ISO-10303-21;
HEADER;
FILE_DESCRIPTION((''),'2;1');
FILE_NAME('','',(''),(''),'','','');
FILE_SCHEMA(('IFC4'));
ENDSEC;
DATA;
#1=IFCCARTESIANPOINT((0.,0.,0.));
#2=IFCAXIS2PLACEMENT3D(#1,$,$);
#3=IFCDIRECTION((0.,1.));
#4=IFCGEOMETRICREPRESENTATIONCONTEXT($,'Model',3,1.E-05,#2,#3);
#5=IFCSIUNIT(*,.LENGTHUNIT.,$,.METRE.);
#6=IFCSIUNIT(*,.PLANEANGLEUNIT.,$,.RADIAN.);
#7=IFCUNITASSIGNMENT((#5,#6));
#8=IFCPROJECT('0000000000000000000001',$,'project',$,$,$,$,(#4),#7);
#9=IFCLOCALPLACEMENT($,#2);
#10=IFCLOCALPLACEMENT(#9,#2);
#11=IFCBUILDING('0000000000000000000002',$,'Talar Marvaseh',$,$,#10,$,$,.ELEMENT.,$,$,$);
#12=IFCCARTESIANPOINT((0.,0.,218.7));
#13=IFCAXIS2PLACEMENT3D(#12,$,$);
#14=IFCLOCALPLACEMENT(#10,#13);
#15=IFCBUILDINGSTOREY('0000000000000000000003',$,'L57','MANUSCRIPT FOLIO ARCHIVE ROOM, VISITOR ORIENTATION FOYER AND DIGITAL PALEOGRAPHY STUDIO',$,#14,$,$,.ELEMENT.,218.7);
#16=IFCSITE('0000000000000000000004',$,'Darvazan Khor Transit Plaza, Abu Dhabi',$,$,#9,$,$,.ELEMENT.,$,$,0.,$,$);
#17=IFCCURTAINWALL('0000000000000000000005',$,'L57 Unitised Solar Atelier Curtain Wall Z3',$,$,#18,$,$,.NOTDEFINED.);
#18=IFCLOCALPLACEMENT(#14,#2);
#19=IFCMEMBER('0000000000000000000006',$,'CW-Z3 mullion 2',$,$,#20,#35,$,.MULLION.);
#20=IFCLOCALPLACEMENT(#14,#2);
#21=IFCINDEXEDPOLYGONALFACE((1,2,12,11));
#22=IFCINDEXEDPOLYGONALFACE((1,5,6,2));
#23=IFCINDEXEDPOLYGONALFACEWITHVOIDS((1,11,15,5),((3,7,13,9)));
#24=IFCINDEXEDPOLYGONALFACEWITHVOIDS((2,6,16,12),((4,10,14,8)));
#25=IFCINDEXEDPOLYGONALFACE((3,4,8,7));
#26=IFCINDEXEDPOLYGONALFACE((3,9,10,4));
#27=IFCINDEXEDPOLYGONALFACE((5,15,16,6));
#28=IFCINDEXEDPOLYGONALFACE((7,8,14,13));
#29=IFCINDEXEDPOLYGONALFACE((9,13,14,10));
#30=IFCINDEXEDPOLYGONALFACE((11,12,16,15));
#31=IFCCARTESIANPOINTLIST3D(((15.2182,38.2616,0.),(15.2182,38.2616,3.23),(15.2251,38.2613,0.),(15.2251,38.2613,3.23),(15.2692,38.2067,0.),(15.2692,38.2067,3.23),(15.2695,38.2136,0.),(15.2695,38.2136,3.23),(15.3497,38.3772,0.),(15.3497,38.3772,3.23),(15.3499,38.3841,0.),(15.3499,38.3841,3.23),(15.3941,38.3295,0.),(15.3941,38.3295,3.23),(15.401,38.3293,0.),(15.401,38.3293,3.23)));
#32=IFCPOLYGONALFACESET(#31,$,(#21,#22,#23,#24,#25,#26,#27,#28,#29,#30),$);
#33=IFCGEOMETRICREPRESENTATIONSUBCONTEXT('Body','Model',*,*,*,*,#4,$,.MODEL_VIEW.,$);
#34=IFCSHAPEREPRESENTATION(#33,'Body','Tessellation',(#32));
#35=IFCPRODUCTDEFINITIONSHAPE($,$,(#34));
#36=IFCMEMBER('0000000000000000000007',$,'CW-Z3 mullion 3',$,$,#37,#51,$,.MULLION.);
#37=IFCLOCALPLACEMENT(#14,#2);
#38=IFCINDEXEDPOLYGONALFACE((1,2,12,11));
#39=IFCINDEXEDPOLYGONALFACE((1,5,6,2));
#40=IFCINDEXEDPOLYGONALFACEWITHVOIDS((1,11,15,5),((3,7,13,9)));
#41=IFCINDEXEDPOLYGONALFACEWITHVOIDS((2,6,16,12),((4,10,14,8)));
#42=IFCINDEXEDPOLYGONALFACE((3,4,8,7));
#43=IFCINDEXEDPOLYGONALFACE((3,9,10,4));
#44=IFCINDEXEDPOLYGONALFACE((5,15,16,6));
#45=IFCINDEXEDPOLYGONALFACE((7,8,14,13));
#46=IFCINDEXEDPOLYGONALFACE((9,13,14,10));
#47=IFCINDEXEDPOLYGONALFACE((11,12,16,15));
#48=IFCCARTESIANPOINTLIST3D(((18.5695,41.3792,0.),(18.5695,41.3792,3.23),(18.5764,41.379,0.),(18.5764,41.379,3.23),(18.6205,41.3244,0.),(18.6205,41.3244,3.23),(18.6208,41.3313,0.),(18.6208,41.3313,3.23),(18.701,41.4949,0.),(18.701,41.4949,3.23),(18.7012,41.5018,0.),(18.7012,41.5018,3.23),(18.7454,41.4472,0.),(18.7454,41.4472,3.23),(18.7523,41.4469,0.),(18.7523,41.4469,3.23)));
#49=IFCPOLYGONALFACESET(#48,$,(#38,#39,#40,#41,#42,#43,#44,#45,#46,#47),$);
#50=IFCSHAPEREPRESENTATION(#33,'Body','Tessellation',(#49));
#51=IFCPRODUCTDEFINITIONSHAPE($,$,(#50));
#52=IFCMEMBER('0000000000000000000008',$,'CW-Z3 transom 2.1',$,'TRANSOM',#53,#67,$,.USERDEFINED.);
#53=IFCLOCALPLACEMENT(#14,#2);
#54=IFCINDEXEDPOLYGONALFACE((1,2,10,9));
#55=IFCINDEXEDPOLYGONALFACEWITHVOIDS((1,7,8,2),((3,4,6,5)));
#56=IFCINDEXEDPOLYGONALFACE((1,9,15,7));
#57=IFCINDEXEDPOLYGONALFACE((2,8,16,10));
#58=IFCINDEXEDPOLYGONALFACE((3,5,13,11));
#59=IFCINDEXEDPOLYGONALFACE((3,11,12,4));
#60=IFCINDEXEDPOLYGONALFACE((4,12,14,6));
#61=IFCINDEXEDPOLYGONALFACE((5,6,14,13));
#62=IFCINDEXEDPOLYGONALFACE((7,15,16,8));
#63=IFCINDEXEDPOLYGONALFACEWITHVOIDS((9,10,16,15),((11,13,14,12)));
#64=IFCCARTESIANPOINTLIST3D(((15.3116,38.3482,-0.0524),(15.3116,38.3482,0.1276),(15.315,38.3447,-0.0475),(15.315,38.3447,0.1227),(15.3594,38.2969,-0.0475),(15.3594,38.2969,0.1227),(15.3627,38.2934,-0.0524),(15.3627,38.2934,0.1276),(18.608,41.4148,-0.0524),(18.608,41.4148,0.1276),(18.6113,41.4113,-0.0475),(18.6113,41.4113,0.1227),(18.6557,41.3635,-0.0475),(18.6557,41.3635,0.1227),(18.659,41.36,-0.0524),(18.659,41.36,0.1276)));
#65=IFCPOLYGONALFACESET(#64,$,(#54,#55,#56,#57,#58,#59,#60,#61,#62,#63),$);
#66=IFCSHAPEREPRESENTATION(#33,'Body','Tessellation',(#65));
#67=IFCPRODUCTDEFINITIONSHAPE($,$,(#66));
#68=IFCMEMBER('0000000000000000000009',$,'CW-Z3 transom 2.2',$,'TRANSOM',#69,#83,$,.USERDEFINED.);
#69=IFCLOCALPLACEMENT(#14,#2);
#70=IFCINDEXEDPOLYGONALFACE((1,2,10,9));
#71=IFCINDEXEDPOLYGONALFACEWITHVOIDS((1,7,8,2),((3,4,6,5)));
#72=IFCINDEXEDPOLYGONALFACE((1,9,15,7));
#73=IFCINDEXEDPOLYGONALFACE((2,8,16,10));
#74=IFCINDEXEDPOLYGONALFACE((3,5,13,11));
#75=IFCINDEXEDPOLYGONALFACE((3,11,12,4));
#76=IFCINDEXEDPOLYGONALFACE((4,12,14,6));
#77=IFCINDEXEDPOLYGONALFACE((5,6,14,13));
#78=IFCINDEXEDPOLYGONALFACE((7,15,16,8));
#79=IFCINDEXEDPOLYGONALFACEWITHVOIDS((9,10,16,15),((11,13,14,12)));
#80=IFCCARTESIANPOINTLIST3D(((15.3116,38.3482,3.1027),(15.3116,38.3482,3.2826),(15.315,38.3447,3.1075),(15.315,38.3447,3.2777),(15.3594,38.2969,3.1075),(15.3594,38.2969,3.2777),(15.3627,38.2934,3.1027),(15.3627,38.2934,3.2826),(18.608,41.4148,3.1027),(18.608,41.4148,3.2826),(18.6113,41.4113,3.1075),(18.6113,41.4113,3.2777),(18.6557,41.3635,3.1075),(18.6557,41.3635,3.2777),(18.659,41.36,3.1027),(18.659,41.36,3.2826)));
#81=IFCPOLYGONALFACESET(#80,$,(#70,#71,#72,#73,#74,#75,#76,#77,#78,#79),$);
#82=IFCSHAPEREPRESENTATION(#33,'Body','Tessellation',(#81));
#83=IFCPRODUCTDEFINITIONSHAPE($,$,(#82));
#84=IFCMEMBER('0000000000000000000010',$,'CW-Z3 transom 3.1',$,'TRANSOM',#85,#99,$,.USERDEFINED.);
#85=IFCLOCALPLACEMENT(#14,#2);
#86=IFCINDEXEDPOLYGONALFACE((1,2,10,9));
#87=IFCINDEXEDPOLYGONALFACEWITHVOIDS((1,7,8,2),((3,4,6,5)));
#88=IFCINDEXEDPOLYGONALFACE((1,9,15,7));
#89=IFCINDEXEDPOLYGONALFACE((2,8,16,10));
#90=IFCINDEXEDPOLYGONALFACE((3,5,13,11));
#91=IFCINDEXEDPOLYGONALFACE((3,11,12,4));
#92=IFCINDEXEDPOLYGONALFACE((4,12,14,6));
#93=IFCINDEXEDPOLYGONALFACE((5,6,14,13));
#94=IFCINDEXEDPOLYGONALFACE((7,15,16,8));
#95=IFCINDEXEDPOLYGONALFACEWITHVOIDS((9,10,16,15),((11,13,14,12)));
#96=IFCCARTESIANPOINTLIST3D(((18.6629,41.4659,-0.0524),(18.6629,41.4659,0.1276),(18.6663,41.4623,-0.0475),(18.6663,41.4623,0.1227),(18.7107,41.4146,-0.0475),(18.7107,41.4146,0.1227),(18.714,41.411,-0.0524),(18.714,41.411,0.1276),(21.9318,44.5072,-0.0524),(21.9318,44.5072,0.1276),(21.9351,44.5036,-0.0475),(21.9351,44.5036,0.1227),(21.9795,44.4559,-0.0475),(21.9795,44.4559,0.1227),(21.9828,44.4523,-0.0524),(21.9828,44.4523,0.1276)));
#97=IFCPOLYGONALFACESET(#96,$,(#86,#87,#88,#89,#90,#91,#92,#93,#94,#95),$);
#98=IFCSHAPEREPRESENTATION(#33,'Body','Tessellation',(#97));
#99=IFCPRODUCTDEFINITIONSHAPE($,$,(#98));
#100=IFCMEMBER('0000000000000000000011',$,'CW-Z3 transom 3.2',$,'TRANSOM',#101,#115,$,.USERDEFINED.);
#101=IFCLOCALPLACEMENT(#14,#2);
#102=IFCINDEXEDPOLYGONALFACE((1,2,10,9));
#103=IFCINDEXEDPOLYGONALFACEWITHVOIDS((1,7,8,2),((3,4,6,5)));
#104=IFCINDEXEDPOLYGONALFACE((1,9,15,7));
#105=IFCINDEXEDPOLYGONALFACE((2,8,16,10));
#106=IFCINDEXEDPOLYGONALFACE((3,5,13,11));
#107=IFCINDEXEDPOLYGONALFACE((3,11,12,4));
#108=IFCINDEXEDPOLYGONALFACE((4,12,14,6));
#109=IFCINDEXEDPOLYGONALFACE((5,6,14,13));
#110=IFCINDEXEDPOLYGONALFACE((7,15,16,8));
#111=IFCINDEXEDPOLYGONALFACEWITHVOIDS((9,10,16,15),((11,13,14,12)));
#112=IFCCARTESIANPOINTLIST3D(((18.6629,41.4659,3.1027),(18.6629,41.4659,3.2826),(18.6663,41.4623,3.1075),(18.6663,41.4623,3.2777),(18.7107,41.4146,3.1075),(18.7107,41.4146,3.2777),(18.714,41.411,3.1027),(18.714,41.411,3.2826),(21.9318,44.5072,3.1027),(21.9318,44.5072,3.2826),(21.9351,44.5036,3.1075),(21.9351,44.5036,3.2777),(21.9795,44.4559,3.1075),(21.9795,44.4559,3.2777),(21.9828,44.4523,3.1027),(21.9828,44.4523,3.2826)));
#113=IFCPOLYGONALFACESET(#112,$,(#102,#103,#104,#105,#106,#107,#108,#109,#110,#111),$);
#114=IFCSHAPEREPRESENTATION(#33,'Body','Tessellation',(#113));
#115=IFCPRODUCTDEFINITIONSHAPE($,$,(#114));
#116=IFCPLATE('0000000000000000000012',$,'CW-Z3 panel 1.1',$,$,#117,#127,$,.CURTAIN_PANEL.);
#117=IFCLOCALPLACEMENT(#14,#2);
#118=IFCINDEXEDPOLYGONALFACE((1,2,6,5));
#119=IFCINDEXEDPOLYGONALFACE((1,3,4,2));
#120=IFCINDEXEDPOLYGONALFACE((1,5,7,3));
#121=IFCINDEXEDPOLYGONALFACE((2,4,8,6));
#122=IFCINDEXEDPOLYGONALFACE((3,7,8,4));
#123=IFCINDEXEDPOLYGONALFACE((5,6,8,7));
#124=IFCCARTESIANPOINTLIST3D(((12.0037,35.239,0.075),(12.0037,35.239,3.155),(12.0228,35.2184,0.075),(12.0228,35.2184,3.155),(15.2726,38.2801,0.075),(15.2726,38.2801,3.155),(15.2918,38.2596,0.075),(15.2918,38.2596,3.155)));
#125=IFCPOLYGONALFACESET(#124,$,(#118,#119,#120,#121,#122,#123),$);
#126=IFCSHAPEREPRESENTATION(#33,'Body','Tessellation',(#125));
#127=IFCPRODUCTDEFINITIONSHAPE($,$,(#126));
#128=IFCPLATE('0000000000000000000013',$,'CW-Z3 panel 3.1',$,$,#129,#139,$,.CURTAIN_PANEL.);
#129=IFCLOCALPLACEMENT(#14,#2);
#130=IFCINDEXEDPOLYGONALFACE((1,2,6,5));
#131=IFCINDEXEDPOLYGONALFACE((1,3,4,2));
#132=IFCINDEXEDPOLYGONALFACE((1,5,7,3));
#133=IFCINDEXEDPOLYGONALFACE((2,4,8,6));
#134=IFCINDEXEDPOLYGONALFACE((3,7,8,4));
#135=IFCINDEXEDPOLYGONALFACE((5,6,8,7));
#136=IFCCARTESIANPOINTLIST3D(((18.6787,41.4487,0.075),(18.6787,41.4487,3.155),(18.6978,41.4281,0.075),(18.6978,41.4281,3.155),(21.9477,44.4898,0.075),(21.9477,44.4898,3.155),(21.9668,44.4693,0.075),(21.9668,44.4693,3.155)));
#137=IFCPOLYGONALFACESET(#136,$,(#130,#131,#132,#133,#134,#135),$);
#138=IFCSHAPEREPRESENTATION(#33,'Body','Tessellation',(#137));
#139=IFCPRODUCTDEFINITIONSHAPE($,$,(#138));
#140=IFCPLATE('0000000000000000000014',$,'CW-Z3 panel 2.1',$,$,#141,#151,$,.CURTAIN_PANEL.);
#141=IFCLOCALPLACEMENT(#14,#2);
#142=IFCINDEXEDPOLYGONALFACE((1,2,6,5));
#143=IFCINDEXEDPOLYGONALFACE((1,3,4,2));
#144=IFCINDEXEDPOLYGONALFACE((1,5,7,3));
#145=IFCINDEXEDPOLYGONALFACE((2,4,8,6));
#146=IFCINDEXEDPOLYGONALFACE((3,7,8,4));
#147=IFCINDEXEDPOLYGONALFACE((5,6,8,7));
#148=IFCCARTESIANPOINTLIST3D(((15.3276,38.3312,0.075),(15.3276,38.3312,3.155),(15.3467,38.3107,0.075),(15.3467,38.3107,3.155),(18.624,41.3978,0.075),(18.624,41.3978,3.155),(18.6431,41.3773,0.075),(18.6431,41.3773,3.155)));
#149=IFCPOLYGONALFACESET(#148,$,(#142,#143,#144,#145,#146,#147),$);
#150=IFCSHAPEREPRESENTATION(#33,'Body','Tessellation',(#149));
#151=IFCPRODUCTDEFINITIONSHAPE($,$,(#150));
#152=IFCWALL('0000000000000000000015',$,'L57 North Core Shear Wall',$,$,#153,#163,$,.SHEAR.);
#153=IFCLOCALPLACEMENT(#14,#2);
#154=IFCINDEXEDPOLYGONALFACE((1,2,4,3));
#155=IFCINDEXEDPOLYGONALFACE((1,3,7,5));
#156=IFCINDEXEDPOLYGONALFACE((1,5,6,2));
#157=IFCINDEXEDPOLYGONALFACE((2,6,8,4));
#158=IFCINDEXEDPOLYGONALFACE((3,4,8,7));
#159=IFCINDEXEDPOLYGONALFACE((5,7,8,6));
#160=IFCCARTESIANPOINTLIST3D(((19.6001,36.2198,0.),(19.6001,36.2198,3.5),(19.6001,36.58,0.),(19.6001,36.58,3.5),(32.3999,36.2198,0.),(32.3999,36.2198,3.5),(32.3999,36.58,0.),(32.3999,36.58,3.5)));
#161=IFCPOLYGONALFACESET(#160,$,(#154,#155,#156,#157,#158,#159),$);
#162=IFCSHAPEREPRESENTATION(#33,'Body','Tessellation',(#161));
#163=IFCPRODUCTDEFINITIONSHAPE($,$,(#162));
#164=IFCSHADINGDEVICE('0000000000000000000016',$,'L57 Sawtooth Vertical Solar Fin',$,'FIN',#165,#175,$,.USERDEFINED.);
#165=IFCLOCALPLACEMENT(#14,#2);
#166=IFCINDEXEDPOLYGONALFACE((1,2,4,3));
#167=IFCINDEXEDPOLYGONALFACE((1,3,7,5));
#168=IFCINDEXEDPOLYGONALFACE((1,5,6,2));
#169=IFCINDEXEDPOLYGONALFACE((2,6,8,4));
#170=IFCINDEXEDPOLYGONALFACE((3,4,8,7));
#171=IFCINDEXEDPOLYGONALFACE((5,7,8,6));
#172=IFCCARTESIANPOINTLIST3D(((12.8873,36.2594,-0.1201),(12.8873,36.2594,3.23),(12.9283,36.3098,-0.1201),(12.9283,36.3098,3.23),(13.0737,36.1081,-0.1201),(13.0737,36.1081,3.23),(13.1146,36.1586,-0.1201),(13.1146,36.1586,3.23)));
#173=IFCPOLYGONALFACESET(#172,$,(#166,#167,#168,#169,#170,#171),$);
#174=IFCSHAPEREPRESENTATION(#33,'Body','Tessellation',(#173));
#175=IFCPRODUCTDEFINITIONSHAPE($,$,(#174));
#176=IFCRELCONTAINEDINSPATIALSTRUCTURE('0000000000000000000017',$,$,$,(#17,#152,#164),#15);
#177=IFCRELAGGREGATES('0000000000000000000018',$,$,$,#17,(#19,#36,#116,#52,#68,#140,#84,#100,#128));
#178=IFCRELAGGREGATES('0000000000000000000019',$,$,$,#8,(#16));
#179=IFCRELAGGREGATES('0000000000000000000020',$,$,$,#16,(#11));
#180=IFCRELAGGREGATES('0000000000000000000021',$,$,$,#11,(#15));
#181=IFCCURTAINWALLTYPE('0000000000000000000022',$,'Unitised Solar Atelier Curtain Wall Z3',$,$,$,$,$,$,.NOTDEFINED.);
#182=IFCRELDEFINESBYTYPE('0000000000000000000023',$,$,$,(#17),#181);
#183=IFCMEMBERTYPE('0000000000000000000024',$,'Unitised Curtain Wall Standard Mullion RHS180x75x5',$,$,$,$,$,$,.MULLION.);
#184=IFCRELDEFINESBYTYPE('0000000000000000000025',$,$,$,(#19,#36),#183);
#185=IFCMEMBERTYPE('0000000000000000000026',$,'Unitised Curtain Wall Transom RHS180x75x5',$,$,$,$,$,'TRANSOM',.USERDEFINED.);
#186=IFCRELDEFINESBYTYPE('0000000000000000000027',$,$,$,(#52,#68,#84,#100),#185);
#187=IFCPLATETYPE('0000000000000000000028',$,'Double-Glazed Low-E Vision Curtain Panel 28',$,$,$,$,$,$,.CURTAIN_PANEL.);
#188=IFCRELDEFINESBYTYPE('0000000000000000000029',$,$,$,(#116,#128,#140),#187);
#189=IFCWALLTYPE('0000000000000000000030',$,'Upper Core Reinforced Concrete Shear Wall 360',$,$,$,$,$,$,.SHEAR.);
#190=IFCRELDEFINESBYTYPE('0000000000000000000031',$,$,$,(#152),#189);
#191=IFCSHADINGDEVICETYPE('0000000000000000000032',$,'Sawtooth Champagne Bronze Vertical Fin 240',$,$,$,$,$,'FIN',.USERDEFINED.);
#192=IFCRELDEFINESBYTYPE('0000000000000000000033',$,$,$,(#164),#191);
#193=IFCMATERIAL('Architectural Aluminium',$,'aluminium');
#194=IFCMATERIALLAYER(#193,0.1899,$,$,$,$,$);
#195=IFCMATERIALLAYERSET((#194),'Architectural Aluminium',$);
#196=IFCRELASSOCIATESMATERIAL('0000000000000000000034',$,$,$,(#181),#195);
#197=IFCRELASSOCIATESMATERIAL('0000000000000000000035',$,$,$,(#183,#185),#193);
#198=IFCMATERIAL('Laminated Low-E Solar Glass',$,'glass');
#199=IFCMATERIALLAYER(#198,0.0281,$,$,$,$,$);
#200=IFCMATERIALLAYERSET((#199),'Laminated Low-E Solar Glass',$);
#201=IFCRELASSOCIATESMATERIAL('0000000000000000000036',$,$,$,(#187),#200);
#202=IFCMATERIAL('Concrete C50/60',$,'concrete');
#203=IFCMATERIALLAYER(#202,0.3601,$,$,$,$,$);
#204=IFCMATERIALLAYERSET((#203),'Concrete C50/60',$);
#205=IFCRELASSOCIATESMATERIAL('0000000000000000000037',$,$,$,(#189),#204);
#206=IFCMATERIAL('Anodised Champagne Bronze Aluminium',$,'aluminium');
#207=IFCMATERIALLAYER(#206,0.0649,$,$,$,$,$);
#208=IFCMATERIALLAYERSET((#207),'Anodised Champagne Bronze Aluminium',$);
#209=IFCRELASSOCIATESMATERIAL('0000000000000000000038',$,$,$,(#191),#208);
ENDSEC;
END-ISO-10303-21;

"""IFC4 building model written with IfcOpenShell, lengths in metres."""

from ifc_helpers import new_model, si_unit, direction, frame, frame_2d, origin, origin_2d, place, context, subcontext, project, spatial, rectangle, hollow_rectangle, extrude, source, transform, mapped, material, layer, layer_set, material_profile, profile_set, type_object, type_shapes, element, aggregate, save


model = new_model("IFC4")

# Units and contexts
model_context = context("Model", 3, precision=1e-05, world=origin(), true_north=direction((0.0, 1.0)))
body_context = subcontext(model_context, "Body", "Model", "MODEL_VIEW")
ifc_project = project(units=[si_unit("LENGTHUNIT", "METRE"), si_unit("PLANEANGLEUNIT", "RADIAN")], contexts=[model_context])

# Site, building, storey
site_placement = place(None, origin())
site = spatial("IfcSite", under=ifc_project, at=site_placement, Name="Darvazan Khor Transit Plaza, Abu Dhabi", CompositionType="ELEMENT", RefElevation=0.0)
building_placement = place(site_placement, origin())
building = spatial("IfcBuilding", under=site, at=building_placement, Name="Talar Marvaseh", CompositionType="ELEMENT")
storey_placement = place(building_placement, frame((0.0, 0.0, 218.7)))
storey = spatial("IfcBuildingStorey", under=building, at=storey_placement, Name="L57", Description="MANUSCRIPT FOLIO ARCHIVE ROOM, VISITOR ORIENTATION FOYER AND DIGITAL PALEOGRAPHY STUDIO", CompositionType="ELEMENT", Elevation=218.7)

# Curtain wall, members, plates
ifc_material_1 = material(Name="Architectural Aluminium", Category="aluminium")
ifc_layer_1 = layer(ifc_material_1, 0.1899)
ifc_layer_set_1 = layer_set([ifc_layer_1], Name="Architectural Aluminium")
curtain_wall_type = type_object("IfcCurtainWallType", Name="Unitised Solar Atelier Curtain Wall Z3", PredefinedType="NOTDEFINED", material=ifc_layer_set_1)
curtain_wall_placement = place(storey_placement, origin())
curtain_wall = element("IfcCurtainWall", 1, at=curtain_wall_placement, inside=storey, type_object=curtain_wall_type, Name="L57 Unitised Solar Atelier Curtain Wall Z3", PredefinedType="NOTDEFINED")
ifc_material_profile_1 = material_profile(ifc_material_1, hollow_rectangle(XDim=0.075, YDim=0.1799, WallThickness=0.0049, at=origin_2d()), Name="RHS180x75x5")
ifc_profile_set_1 = profile_set([ifc_material_profile_1], Name="Architectural Aluminium")
member_type_1 = type_object("IfcMemberType", Name="Unitised Curtain Wall Standard Mullion RHS180x75x5", PredefinedType="MULLION", material=ifc_profile_set_1)
shared_shape_1 = source(origin(), body_context, "Body", "SweptSolid", [
    extrude(hollow_rectangle(XDim=0.075, YDim=0.1799, WallThickness=0.0049, at=origin_2d()), origin(), (0.0, 0.0, 1.0), 3.23),
])
type_shapes(member_type_1, [shared_shape_1])
member_1_placement = place(storey_placement, frame((15.3096, 38.2954, 0.0), z_axis=(0.0, 0.0, 1.0), x_axis=(-0.681132, 0.73216, 0.0)))
member_1 = element("IfcMember", 2, at=member_1_placement, type_object=member_type_1, Name="CW-Z3 mullion 2", PredefinedType="MULLION", context=body_context, shape_type="MappedRepresentation", body=[
    mapped(shared_shape_1, transform((0.0, 0.0, 0.0), x_axis=(1.0, 0.0, 0.0), y_axis=(0.0, 1.0, 0.0), z_axis=(0.0, 0.0, 1.0), scale=1.0)),
])
member_2_placement = place(storey_placement, frame((18.6609, 41.4131, 0.0), z_axis=(0.0, 0.0, 1.0), x_axis=(-0.681132, 0.73216, 0.0)))
member_2 = element("IfcMember", 3, at=member_2_placement, type_object=member_type_1, Name="CW-Z3 mullion 3", PredefinedType="MULLION", context=body_context, shape_type="MappedRepresentation", body=[
    mapped(shared_shape_1, transform((0.0, 0.0, 0.0), x_axis=(1.0, 0.0, 0.0), y_axis=(0.0, 1.0, 0.0), z_axis=(0.0, 0.0, 1.0), scale=1.0)),
])
ifc_material_profile_2 = material_profile(ifc_material_1, hollow_rectangle(XDim=0.075, YDim=0.1799, WallThickness=0.0049, at=origin_2d()), Name="RHS180x75x5")
ifc_profile_set_2 = profile_set([ifc_material_profile_2], Name="Architectural Aluminium")
member_type_2 = type_object("IfcMemberType", Name="Unitised Curtain Wall Transom RHS180x75x5", ElementType="TRANSOM", PredefinedType="USERDEFINED", material=ifc_profile_set_2)
shared_shape_2 = source(origin(), body_context, "Body", "SweptSolid", [
    extrude(hollow_rectangle(XDim=0.075, YDim=0.1799, WallThickness=0.0049, at=origin_2d()), origin(), (0.0, 0.0, 1.0), 4.5022),
])
member_3_placement = place(storey_placement, frame((15.3372, 38.3208, 0.0376), z_axis=(0.73216, 0.681133, 0.0), x_axis=(-0.681133, 0.73216, 0.0)))
member_3 = element("IfcMember", 4, at=member_3_placement, type_object=member_type_2, Name="CW-Z3 transom 2.1", ObjectType="TRANSOM", PredefinedType="USERDEFINED", context=body_context, shape_type="MappedRepresentation", body=[
    mapped(shared_shape_2, transform((0.0, 0.0, 0.0), x_axis=(1.0, 0.0, 0.0), y_axis=(0.0, 1.0, 0.0), z_axis=(0.0, 0.0, 1.0), scale=1.0)),
])
member_4_placement = place(storey_placement, frame((15.3372, 38.3208, 3.1926), z_axis=(0.73216, 0.681133, 0.0), x_axis=(-0.681133, 0.73216, 0.0)))
member_4 = element("IfcMember", 5, at=member_4_placement, type_object=member_type_2, Name="CW-Z3 transom 2.2", ObjectType="TRANSOM", PredefinedType="USERDEFINED", context=body_context, shape_type="MappedRepresentation", body=[
    mapped(shared_shape_2, transform((0.0, 0.0, 0.0), x_axis=(1.0, 0.0, 0.0), y_axis=(0.0, 1.0, 0.0), z_axis=(0.0, 0.0, 1.0), scale=1.0)),
])
shared_shape_3 = source(origin(), body_context, "Body", "SweptSolid", [
    extrude(hollow_rectangle(XDim=0.075, YDim=0.1799, WallThickness=0.0049, at=origin_2d()), origin(), (0.0, 0.0, 1.0), 4.4648),
])
type_shapes(member_type_2, [shared_shape_2, shared_shape_3])
member_5_placement = place(storey_placement, frame((18.6885, 41.4385, 0.0376), z_axis=(0.732129, 0.681166, 0.0), x_axis=(-0.681166, 0.732129, 0.0)))
member_5 = element("IfcMember", 6, at=member_5_placement, type_object=member_type_2, Name="CW-Z3 transom 3.1", ObjectType="TRANSOM", PredefinedType="USERDEFINED", context=body_context, shape_type="MappedRepresentation", body=[
    mapped(shared_shape_3, transform((0.0, 0.0, 0.0), x_axis=(1.0, 0.0, 0.0), y_axis=(0.0, 1.0, 0.0), z_axis=(0.0, 0.0, 1.0), scale=1.0)),
])
member_6_placement = place(storey_placement, frame((18.6885, 41.4385, 3.1926), z_axis=(0.732129, 0.681166, 0.0), x_axis=(-0.681166, 0.732129, 0.0)))
member_6 = element("IfcMember", 7, at=member_6_placement, type_object=member_type_2, Name="CW-Z3 transom 3.2", ObjectType="TRANSOM", PredefinedType="USERDEFINED", context=body_context, shape_type="MappedRepresentation", body=[
    mapped(shared_shape_3, transform((0.0, 0.0, 0.0), x_axis=(1.0, 0.0, 0.0), y_axis=(0.0, 1.0, 0.0), z_axis=(0.0, 0.0, 1.0), scale=1.0)),
])
ifc_material_2 = material(Name="Laminated Low-E Solar Glass", Category="glass")
ifc_layer_2 = layer(ifc_material_2, 0.0281)
ifc_layer_set_2 = layer_set([ifc_layer_2], Name="Laminated Low-E Solar Glass")
plate_type = type_object("IfcPlateType", Name="Double-Glazed Low-E Vision Curtain Panel 28", PredefinedType="CURTAIN_PANEL", material=ifc_layer_set_2)
shared_shape_4 = source(origin(), body_context, "Body", "SweptSolid", [
    extrude(rectangle(XDim=4.4648, YDim=0.0281, at=origin_2d()), origin(), (0.0, 0.0, 1.0), 3.0801),
])
plate_1_placement = place(storey_placement, frame((13.6477, 36.7493, 0.075), z_axis=(0.0, 0.0, 1.0), x_axis=(0.73216, 0.681132, 0.0)))
plate_1 = element("IfcPlate", 8, at=plate_1_placement, type_object=plate_type, Name="CW-Z3 panel 1.1", PredefinedType="CURTAIN_PANEL", context=body_context, shape_type="MappedRepresentation", body=[
    mapped(shared_shape_4, transform((0.0, 0.0, 0.0), x_axis=(1.0, 0.0, 0.0), y_axis=(0.0, 1.0, 0.0), z_axis=(0.0, 0.0, 1.0), scale=1.0)),
])
plate_2_placement = place(storey_placement, frame((20.3228, 42.959, 0.075), z_axis=(0.0, 0.0, 1.0), x_axis=(0.73216, 0.681132, 0.0)))
plate_2 = element("IfcPlate", 9, at=plate_2_placement, type_object=plate_type, Name="CW-Z3 panel 3.1", PredefinedType="CURTAIN_PANEL", context=body_context, shape_type="MappedRepresentation", body=[
    mapped(shared_shape_4, transform((0.0, 0.0, 0.0), x_axis=(1.0, 0.0, 0.0), y_axis=(0.0, 1.0, 0.0), z_axis=(0.0, 0.0, 1.0), scale=1.0)),
])
shared_shape_5 = source(origin(), body_context, "Body", "SweptSolid", [
    extrude(rectangle(XDim=4.5022, YDim=0.0281, at=origin_2d()), origin(), (0.0, 0.0, 1.0), 3.0801),
])
type_shapes(plate_type, [shared_shape_4, shared_shape_5])
plate_3_placement = place(storey_placement, frame((16.9854, 39.8542, 0.075), z_axis=(0.0, 0.0, 1.0), x_axis=(0.73216, 0.681132, 0.0)))
plate_3 = element("IfcPlate", 10, at=plate_3_placement, type_object=plate_type, Name="CW-Z3 panel 2.1", PredefinedType="CURTAIN_PANEL", context=body_context, shape_type="MappedRepresentation", body=[
    mapped(shared_shape_5, transform((0.0, 0.0, 0.0), x_axis=(1.0, 0.0, 0.0), y_axis=(0.0, 1.0, 0.0), z_axis=(0.0, 0.0, 1.0), scale=1.0)),
])
aggregate(curtain_wall, [member_1, member_2, plate_1, member_3, member_4, plate_3, member_5, member_6, plate_2])

# Wall
ifc_material_3 = material(Name="Concrete C50/60", Category="concrete")
ifc_layer_3 = layer(ifc_material_3, 0.3601)
ifc_layer_set_3 = layer_set([ifc_layer_3], Name="Concrete C50/60")
wall_type = type_object("IfcWallType", Name="Upper Core Reinforced Concrete Shear Wall 360", PredefinedType="SHEAR", material=ifc_layer_set_3)
wall_placement = place(storey_placement, frame((19.6001, 36.3999, 0.0), z_axis=(0.0, 0.0, 1.0), x_axis=(1.0, 0.0, 0.0)))
element("IfcWall", 11, at=wall_placement, inside=storey, type_object=wall_type, Name="L57 North Core Shear Wall", PredefinedType="SHEAR", context=body_context, shape_type="SweptSolid", body=[
    extrude(rectangle(XDim=12.7998, YDim=0.3601, at=frame_2d((6.3999, 0.0))), origin(), (0.0, 0.0, 1.0), 3.5),
])

# Shading device
ifc_material_4 = material(Name="Anodised Champagne Bronze Aluminium", Category="aluminium")
ifc_layer_4 = layer(ifc_material_4, 0.0649)
ifc_layer_set_4 = layer_set([ifc_layer_4], Name="Anodised Champagne Bronze Aluminium")
shading_device_type = type_object("IfcShadingDeviceType", Name="Sawtooth Champagne Bronze Vertical Fin 240", ElementType="FIN", PredefinedType="USERDEFINED", material=ifc_layer_set_4)
shared_shape_6 = source(origin(), body_context, "Body", "SweptSolid", [
    extrude(rectangle(XDim=0.24, YDim=0.0649, at=origin_2d()), origin(), (0.0, 0.0, 1.0), 3.3501),
])
type_shapes(shading_device_type, [shared_shape_6])
for number, where, z_axis, x_axis, name in (
    (12, (13.001, 36.209, -0.1201), (0.0, 0.0, 1.0), (-0.776377, 0.630269, 0.0), "L57 Sawtooth Vertical Solar Fin"),
):
    element("IfcShadingDevice", number, at=place(storey_placement, frame(where, z_axis=z_axis, x_axis=x_axis)), inside=storey, type_object=shading_device_type, Name=name, ObjectType="FIN", PredefinedType="USERDEFINED", context=body_context, shape_type="MappedRepresentation", body=[
        mapped(shared_shape_6, transform((0.0, 0.0, 0.0), x_axis=(1.0, 0.0, 0.0), y_axis=(0.0, 1.0, 0.0), z_axis=(0.0, 0.0, 1.0), scale=1.0)),
    ])

save(model, "model.ifc")
